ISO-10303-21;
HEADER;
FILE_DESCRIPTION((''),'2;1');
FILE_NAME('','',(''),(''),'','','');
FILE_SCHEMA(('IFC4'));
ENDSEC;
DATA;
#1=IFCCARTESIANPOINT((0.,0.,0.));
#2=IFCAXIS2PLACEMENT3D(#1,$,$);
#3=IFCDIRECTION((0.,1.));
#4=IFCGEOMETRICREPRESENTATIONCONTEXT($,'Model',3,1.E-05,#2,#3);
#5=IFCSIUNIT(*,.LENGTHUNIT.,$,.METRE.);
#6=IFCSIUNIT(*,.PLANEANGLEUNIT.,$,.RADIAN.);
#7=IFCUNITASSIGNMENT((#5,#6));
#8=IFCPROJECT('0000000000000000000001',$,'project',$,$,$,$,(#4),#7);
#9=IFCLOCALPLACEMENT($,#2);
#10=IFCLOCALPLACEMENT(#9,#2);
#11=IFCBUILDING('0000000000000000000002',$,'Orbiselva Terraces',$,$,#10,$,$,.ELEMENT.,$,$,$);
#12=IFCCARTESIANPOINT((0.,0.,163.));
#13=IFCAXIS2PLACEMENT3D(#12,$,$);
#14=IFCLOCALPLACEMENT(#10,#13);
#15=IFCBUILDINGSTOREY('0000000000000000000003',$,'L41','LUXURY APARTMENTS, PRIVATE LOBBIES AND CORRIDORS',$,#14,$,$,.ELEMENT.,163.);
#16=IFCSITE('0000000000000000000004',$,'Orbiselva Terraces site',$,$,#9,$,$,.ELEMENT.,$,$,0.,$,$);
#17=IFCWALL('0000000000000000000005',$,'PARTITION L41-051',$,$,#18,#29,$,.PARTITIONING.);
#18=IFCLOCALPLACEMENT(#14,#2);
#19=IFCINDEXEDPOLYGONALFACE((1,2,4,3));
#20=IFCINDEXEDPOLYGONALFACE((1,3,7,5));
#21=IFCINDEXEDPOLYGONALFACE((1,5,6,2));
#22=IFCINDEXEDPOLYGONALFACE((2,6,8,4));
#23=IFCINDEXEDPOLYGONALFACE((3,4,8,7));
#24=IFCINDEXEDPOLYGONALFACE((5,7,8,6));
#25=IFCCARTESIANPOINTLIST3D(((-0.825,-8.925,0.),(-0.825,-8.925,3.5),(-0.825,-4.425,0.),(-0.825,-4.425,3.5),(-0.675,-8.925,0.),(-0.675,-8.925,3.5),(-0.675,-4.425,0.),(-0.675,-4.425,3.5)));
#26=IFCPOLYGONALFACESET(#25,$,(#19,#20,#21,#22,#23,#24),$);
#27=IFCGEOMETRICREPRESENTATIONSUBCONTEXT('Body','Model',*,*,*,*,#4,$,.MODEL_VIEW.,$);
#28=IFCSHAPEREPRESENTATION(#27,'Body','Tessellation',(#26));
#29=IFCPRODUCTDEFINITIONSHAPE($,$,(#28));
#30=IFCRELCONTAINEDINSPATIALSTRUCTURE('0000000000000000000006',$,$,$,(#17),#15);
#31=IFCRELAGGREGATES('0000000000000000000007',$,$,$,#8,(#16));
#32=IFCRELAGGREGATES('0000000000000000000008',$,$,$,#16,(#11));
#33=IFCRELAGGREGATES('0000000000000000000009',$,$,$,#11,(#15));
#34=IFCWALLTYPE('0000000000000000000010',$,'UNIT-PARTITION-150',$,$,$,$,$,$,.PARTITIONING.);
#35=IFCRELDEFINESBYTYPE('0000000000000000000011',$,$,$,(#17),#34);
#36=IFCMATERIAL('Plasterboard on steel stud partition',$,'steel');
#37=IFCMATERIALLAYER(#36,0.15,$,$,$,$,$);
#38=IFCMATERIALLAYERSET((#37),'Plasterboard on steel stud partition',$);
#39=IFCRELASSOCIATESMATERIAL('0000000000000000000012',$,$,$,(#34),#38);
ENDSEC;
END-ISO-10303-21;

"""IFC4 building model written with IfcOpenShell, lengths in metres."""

from ifc_helpers import new_model, si_unit, direction, frame, frame_2d, origin, place, context, subcontext, project, spatial, rectangle, extrude, material, layer, layer_set, type_object, element, save


model = new_model("IFC4")

# Units and contexts
model_context = context("Model", 3, precision=1e-05, world=origin(), true_north=direction((0.0, 1.0)))
body_context = subcontext(model_context, "Body", "Model", "MODEL_VIEW")
ifc_project = project(units=[si_unit("LENGTHUNIT", "METRE"), si_unit("PLANEANGLEUNIT", "RADIAN")], contexts=[model_context])

# Site, building, storey
site_placement = place(None, origin())
site = spatial("IfcSite", under=ifc_project, at=site_placement, Name="Orbiselva Terraces site", CompositionType="ELEMENT", RefElevation=0.0)
building_placement = place(site_placement, origin())
building = spatial("IfcBuilding", under=site, at=building_placement, Name="Orbiselva Terraces", CompositionType="ELEMENT")
storey_placement = place(building_placement, frame((0.0, 0.0, 163.0)))
storey = spatial("IfcBuildingStorey", under=building, at=storey_placement, Name="L41", Description="LUXURY APARTMENTS, PRIVATE LOBBIES AND CORRIDORS", CompositionType="ELEMENT", Elevation=163.0)

# Shared definitions
ifc_material_1 = material(Name="Plasterboard on steel stud partition", Category="steel")
ifc_layer_1 = layer(ifc_material_1, 0.15)
ifc_layer_set_1 = layer_set([ifc_layer_1], Name="Plasterboard on steel stud partition")
wall_type_1 = type_object("IfcWallType", Name="UNIT-PARTITION-150", PredefinedType="PARTITIONING", material=ifc_layer_set_1)

# Wall
wall_1_placement = place(storey_placement, frame((-0.75, -8.925, 0.0), z_axis=(0.0, 0.0, 1.0), x_axis=(0.0, 1.0, 0.0)))
element("IfcWall", 1, at=wall_1_placement, inside=storey, type_object=wall_type_1, Name="PARTITION L41-051", PredefinedType="PARTITIONING", context=body_context, shape_type="SweptSolid", body=[
    extrude(rectangle(XDim=4.5, YDim=0.15, at=frame_2d((2.25, 0.0))), origin(), (0.0, 0.0, 1.0), 3.5),
])

save(model, "model.ifc")
